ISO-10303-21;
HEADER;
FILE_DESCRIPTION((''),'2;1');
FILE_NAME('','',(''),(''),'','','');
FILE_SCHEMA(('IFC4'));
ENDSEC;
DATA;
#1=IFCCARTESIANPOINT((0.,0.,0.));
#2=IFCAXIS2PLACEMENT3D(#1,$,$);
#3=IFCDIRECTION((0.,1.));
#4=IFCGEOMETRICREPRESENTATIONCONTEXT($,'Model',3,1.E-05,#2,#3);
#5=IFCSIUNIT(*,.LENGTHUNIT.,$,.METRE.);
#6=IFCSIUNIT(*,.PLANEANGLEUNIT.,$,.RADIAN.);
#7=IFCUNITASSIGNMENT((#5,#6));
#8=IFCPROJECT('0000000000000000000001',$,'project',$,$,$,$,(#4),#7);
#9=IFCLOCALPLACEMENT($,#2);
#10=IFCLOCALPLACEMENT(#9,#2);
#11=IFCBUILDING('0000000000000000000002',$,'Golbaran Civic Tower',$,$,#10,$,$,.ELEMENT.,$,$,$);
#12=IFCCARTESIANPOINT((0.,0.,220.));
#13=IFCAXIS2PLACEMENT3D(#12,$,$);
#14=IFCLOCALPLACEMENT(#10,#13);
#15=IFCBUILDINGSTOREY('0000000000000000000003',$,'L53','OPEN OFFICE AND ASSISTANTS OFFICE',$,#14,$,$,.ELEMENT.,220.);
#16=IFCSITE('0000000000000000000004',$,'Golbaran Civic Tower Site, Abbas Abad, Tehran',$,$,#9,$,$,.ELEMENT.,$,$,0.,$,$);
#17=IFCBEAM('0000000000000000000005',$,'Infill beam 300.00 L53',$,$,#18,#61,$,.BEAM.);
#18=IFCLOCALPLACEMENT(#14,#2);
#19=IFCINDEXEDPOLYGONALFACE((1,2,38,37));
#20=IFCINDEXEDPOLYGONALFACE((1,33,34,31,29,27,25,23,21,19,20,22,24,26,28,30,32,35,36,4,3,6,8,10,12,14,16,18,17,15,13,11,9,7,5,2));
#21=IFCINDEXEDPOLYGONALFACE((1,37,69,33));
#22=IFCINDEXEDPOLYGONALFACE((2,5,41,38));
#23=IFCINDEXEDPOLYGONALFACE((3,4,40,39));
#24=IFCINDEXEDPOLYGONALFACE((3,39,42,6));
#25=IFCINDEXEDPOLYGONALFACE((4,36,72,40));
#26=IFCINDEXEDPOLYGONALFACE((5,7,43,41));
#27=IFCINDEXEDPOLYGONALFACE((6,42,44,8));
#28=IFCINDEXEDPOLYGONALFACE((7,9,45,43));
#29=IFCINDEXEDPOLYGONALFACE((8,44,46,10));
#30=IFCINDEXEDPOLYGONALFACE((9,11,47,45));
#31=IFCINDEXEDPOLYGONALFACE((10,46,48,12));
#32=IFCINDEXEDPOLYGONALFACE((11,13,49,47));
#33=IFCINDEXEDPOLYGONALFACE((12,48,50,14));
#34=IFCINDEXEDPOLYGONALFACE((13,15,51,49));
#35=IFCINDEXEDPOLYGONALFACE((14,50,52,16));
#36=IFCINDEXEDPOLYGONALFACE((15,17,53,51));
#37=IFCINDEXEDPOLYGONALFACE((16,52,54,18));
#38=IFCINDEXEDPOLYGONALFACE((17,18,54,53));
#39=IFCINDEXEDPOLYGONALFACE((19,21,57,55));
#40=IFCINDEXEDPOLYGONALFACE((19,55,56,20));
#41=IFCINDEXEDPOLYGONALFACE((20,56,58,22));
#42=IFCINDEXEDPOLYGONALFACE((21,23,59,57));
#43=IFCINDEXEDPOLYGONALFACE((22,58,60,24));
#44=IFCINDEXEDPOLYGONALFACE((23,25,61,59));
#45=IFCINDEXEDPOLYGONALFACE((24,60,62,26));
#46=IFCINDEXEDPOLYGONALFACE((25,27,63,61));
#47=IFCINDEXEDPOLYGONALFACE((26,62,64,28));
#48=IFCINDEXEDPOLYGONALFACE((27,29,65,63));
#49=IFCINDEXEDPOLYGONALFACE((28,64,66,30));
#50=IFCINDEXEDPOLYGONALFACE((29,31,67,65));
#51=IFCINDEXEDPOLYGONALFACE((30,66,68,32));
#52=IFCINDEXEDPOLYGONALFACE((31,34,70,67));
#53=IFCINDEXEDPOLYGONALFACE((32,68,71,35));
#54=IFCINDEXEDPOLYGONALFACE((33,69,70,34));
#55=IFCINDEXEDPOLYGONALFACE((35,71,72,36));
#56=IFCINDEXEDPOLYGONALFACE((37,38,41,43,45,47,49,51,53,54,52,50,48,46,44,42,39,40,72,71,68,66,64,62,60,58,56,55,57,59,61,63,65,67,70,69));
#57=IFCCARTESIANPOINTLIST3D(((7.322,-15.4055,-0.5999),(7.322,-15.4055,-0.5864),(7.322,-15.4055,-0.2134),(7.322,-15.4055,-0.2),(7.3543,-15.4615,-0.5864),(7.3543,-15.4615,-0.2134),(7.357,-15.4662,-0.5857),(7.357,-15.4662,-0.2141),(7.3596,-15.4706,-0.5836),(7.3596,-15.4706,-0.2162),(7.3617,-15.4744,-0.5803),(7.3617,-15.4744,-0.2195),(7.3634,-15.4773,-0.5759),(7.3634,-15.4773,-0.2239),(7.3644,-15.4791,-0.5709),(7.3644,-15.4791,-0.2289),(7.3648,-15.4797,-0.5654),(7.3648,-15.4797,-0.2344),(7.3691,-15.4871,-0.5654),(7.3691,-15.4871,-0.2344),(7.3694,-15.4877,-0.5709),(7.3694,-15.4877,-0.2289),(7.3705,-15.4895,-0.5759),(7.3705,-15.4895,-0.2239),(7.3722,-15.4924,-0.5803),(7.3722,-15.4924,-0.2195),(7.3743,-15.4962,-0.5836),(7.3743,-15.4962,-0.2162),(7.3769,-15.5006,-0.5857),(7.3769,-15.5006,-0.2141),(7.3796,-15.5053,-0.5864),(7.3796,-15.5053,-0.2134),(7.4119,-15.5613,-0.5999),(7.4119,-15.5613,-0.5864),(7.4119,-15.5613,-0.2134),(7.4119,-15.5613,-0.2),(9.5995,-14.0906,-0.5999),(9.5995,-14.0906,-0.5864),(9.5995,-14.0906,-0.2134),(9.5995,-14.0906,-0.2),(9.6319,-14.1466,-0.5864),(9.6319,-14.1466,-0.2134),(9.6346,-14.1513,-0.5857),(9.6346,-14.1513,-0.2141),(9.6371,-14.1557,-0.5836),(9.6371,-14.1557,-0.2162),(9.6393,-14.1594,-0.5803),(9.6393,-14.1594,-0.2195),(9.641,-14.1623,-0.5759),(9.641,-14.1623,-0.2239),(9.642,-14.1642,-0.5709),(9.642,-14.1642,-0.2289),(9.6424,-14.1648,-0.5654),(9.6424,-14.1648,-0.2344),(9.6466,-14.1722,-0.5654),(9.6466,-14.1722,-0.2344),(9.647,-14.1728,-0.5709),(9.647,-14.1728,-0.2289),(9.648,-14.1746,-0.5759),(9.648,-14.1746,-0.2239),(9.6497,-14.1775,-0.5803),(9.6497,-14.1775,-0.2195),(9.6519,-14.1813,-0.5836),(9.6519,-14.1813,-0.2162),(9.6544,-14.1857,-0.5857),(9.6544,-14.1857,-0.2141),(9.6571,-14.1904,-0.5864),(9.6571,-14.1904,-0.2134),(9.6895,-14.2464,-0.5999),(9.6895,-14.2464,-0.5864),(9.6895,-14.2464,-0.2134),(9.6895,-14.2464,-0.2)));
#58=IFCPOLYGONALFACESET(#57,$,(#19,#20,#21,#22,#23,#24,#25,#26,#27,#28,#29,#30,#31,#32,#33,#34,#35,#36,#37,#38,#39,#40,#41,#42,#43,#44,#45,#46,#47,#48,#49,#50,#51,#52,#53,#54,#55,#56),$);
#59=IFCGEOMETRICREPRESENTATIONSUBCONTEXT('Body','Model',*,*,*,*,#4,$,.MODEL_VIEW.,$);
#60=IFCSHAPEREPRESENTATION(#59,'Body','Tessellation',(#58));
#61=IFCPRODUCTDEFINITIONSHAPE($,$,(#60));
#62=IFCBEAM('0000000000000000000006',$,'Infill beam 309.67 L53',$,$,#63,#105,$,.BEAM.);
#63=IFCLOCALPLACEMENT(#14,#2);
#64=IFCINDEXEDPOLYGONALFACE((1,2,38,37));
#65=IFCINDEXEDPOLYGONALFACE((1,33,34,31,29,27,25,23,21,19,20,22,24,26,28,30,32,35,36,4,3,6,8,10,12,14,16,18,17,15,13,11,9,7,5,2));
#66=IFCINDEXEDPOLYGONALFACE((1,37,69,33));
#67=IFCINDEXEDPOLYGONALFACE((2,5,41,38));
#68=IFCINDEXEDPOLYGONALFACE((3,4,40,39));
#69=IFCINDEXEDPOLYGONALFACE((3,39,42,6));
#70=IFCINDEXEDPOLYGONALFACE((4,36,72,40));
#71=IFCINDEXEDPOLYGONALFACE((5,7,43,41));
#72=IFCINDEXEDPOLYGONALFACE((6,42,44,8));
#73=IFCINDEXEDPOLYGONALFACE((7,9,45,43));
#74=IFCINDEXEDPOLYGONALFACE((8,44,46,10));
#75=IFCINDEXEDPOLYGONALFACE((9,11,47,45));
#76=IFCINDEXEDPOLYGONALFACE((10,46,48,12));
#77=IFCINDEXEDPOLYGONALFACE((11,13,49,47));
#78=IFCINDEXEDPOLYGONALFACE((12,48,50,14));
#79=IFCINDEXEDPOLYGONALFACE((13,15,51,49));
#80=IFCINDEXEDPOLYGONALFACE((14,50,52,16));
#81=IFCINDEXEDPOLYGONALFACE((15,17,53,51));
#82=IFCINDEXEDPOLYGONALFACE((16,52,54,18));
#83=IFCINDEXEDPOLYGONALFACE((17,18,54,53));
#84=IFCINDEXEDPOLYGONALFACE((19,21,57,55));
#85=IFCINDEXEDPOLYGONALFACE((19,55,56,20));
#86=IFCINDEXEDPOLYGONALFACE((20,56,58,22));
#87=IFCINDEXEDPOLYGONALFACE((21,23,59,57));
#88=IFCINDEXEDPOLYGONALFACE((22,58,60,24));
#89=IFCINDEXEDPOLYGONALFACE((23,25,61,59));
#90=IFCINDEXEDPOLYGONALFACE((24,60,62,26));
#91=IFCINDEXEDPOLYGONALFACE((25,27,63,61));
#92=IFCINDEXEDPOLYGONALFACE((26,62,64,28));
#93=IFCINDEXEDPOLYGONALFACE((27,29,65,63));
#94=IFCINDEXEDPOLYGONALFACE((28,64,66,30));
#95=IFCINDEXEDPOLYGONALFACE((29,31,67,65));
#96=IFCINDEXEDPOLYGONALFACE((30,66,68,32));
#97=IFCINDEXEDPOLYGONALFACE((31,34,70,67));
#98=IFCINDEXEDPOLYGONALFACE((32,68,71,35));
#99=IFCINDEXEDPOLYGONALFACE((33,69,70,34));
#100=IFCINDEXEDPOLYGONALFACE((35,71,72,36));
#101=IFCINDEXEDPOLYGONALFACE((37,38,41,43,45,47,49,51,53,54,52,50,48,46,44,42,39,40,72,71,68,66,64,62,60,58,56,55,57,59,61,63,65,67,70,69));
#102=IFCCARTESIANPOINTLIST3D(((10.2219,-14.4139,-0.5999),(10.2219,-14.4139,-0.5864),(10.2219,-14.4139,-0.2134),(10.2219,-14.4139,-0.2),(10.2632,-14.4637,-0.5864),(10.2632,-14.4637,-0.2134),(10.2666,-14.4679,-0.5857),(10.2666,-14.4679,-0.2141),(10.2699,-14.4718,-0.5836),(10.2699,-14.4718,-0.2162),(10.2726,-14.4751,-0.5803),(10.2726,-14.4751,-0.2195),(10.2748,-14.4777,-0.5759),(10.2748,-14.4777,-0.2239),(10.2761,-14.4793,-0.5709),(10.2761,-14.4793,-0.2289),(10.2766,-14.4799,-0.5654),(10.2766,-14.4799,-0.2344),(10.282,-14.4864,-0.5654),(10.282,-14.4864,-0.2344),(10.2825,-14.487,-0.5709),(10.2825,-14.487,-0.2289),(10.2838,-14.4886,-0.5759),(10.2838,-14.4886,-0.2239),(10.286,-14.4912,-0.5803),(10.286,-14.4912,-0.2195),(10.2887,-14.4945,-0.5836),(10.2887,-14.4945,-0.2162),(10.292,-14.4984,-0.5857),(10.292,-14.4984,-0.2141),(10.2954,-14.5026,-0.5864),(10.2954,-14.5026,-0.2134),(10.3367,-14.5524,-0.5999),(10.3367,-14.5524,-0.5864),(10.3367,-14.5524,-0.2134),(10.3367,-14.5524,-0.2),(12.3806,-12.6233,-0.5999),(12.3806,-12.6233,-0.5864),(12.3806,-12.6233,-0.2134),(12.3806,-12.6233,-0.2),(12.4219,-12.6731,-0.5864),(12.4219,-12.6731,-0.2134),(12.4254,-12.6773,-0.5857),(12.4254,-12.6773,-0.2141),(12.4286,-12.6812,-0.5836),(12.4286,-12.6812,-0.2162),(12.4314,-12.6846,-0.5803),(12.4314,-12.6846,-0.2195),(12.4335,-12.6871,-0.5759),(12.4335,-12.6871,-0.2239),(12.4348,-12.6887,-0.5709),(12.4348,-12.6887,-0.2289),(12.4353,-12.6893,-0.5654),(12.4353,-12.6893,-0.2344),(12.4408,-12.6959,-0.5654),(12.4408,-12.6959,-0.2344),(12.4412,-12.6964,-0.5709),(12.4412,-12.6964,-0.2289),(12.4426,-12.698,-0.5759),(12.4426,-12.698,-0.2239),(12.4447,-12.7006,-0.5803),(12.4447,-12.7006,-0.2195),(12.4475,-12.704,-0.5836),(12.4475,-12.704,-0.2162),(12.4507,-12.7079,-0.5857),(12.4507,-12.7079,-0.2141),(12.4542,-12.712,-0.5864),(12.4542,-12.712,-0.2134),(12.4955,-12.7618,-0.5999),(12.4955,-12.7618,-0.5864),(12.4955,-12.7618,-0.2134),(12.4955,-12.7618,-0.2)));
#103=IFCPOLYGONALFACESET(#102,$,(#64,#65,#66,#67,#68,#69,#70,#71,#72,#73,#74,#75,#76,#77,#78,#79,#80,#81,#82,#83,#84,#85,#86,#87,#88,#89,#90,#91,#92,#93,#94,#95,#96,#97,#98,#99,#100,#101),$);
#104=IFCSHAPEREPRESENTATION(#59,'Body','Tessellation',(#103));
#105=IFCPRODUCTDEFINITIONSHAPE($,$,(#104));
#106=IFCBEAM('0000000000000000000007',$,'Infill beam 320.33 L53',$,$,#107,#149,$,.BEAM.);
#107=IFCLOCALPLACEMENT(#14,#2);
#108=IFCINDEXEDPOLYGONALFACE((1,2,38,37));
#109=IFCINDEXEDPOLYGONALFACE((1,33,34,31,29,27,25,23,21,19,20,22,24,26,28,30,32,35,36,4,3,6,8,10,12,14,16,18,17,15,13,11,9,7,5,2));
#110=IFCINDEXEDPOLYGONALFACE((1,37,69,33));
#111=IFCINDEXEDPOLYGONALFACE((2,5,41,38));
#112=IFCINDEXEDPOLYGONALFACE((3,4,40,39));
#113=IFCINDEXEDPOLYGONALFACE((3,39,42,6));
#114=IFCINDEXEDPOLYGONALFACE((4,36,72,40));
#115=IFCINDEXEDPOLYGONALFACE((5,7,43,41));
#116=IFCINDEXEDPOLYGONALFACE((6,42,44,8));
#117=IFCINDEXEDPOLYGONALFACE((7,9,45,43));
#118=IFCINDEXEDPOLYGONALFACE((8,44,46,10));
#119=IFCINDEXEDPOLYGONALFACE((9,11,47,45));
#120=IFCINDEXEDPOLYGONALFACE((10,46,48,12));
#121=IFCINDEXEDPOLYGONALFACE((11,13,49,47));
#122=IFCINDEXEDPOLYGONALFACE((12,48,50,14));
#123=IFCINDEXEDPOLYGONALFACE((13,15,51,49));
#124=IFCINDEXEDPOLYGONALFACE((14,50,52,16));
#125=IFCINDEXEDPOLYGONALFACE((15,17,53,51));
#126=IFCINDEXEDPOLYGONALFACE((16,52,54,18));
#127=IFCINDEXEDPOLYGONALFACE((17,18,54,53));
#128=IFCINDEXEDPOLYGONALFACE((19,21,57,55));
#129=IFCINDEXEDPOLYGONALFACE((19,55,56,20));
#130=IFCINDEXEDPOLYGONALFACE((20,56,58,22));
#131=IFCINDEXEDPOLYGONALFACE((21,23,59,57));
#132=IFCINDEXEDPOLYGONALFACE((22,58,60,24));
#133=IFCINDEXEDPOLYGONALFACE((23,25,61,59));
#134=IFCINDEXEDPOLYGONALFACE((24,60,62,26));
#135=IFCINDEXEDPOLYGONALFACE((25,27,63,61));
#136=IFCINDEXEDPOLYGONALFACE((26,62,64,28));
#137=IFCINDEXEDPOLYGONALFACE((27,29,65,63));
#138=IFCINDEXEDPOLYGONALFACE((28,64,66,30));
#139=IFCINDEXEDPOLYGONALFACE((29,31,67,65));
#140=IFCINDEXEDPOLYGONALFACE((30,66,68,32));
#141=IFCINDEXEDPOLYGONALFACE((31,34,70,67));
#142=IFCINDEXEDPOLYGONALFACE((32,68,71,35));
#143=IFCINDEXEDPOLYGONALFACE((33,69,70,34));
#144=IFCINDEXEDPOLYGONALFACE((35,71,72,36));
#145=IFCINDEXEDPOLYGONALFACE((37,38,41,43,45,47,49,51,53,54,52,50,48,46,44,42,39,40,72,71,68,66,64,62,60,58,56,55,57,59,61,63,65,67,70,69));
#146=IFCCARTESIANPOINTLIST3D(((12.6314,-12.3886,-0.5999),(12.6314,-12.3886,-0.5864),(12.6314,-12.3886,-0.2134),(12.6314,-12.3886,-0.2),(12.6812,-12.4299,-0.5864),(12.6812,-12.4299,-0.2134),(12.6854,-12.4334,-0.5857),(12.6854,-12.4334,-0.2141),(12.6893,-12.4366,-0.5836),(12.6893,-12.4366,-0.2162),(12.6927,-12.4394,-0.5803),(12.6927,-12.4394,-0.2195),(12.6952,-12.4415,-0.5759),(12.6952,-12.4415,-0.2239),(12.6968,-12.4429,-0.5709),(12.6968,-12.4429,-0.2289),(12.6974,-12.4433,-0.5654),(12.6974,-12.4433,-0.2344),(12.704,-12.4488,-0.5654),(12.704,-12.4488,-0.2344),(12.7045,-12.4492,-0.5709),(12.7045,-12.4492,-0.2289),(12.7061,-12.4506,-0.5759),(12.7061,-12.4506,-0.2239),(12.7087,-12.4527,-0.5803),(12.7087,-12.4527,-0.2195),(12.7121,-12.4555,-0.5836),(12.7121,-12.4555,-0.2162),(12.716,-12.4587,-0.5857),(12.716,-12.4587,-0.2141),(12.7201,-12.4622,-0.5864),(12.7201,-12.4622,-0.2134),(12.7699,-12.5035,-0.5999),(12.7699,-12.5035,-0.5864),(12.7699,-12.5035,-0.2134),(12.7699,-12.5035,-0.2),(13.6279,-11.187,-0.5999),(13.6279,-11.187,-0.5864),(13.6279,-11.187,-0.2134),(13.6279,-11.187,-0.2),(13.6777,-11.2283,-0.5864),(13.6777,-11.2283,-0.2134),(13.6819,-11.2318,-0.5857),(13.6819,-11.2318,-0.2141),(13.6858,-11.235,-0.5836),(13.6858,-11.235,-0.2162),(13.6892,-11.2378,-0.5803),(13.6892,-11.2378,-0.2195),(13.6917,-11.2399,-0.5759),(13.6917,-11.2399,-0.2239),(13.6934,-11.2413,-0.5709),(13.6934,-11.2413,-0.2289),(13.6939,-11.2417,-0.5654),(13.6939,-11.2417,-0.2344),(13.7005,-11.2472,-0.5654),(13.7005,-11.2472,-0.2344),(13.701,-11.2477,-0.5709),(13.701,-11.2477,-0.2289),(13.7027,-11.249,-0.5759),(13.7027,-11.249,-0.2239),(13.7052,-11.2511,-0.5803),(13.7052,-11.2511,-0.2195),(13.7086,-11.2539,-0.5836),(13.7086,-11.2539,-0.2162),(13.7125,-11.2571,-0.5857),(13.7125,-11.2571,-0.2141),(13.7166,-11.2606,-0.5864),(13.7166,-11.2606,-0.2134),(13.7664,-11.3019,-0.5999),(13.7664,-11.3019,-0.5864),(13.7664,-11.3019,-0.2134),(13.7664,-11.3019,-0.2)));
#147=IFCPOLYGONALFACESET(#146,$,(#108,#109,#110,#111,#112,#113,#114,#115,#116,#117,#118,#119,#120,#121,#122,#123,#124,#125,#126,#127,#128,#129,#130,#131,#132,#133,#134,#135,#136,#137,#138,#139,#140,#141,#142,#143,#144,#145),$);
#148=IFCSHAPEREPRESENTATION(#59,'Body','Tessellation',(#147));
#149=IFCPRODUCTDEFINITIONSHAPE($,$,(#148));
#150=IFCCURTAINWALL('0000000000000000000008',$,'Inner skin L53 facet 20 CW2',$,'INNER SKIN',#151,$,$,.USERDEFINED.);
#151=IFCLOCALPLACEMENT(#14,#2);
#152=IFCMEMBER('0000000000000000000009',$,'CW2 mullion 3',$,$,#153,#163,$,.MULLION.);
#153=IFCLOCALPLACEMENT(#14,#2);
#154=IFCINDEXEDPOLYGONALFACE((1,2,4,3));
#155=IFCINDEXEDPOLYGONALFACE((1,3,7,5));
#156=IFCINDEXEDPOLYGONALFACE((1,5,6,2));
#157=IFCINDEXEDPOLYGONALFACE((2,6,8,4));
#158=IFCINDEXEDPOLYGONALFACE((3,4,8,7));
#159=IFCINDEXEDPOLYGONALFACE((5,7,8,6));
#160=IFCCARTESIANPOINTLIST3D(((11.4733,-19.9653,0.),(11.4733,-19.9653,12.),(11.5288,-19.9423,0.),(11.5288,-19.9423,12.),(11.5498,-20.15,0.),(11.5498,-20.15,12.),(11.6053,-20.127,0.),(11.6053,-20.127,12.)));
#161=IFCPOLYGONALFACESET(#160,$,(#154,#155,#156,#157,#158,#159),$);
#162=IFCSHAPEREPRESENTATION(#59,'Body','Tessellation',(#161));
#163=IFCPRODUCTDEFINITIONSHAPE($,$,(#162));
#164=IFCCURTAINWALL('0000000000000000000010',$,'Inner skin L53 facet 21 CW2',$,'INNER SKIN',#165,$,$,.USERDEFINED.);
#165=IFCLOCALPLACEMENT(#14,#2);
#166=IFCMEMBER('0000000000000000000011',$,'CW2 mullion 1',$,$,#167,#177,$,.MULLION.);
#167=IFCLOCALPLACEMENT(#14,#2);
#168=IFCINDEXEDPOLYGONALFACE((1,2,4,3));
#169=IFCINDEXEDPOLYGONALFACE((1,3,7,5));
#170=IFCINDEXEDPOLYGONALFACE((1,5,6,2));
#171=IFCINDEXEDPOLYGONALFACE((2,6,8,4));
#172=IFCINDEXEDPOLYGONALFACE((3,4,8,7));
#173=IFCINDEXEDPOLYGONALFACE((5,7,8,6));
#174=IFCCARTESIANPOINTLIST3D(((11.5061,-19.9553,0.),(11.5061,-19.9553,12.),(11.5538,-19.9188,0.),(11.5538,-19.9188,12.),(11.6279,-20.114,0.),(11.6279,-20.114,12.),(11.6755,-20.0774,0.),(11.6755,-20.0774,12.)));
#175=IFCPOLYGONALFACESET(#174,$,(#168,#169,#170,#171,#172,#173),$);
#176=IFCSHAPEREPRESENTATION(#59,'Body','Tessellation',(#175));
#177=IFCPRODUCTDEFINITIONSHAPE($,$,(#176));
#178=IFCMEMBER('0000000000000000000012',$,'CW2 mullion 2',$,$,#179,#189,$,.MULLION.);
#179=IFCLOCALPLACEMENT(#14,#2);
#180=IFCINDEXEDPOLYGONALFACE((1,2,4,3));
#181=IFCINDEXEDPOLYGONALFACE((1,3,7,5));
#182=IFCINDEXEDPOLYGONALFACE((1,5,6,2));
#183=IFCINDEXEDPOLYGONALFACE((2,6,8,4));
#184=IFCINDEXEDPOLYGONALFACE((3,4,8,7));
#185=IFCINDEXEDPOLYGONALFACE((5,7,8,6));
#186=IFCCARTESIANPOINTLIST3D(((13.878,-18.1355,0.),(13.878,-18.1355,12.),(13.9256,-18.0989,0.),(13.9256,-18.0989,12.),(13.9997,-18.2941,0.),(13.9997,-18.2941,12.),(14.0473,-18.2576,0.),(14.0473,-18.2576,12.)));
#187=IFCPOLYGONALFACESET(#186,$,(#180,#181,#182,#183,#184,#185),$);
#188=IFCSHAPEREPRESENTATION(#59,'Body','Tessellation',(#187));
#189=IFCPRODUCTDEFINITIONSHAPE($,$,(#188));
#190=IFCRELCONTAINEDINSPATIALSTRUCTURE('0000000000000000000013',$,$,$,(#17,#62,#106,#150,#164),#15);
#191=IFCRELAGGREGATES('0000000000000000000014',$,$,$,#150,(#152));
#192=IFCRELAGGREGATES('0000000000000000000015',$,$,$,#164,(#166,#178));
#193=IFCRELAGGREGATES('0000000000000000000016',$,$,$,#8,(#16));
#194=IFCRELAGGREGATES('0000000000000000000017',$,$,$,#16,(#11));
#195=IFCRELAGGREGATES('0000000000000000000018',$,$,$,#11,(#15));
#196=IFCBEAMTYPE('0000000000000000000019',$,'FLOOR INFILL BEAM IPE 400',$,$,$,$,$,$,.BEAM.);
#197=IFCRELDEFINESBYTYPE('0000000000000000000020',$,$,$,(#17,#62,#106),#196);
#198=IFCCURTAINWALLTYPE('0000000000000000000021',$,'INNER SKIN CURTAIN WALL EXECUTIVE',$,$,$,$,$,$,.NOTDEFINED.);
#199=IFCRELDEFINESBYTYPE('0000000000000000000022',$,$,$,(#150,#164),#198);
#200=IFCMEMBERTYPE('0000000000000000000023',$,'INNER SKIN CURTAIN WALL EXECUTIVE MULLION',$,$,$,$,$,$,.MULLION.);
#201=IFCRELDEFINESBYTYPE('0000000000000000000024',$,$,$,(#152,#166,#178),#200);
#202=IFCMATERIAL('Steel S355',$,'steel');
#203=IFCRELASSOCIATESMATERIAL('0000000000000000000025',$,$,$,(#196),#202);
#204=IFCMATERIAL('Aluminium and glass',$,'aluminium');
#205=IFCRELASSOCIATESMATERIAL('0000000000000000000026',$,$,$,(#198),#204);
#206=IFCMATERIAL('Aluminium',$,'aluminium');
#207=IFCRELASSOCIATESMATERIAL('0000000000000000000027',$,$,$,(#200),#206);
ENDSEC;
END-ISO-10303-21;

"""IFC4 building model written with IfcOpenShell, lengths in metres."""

from ifc_helpers import new_model, si_unit, direction, frame, origin, origin_2d, place, context, subcontext, project, spatial, rectangle, i_section, extrude, material, material_profile, profile_set, type_object, element, aggregate, save


model = new_model("IFC4")

# Units and contexts
model_context = context("Model", 3, precision=1e-05, world=origin(), true_north=direction((0.0, 1.0)))
body_context = subcontext(model_context, "Body", "Model", "MODEL_VIEW")
ifc_project = project(units=[si_unit("LENGTHUNIT", "METRE"), si_unit("PLANEANGLEUNIT", "RADIAN")], contexts=[model_context])

# Site, building, storey
site_placement = place(None, origin())
site = spatial("IfcSite", under=ifc_project, at=site_placement, Name="Golbaran Civic Tower Site, Abbas Abad, Tehran", CompositionType="ELEMENT", RefElevation=0.0)
building_placement = place(site_placement, origin())
building = spatial("IfcBuilding", under=site, at=building_placement, Name="Golbaran Civic Tower", CompositionType="ELEMENT")
storey_placement = place(building_placement, frame((0.0, 0.0, 220.0)))
storey = spatial("IfcBuildingStorey", under=building, at=storey_placement, Name="L53", Description="OPEN OFFICE AND ASSISTANTS OFFICE", CompositionType="ELEMENT", Elevation=220.0)

# Beams
ifc_material_1 = material(Name="Steel S355", Category="steel")
ifc_material_profile_1 = material_profile(ifc_material_1, i_section(OverallWidth=0.1799, OverallDepth=0.3999, WebThickness=0.0085, FlangeThickness=0.0134, FilletRadius=0.021, at=origin_2d()), Name="IPE 400")
ifc_profile_set_1 = profile_set([ifc_material_profile_1], Name="Steel S355")
beam_type_1 = type_object("IfcBeamType", Name="FLOOR INFILL BEAM IPE 400", PredefinedType="BEAM", material=ifc_profile_set_1)
beam_1_placement = place(storey_placement, frame((7.3669, -15.4834, -0.3999), z_axis=(0.866029, 0.499993, 0.0), x_axis=(-0.499993, 0.866029, 0.0)))
element("IfcBeam", 1, at=beam_1_placement, inside=storey, type_object=beam_type_1, Name="Infill beam 300.00 L53", PredefinedType="BEAM", context=body_context, shape_type="SweptSolid", body=[
    extrude(i_section(OverallWidth=0.1799, OverallDepth=0.3999, WebThickness=0.0085, FlangeThickness=0.0134, FilletRadius=0.021, at=origin_2d()), origin(), (0.0, 0.0, 1.0), 2.6299),
])
beam_2_placement = place(storey_placement, frame((10.2793, -14.4832, -0.3999), z_axis=(0.769689, 0.638419, 0.0), x_axis=(-0.638419, 0.769689, 0.0)))
element("IfcBeam", 2, at=beam_2_placement, inside=storey, type_object=beam_type_1, Name="Infill beam 309.67 L53", PredefinedType="BEAM", context=body_context, shape_type="SweptSolid", body=[
    extrude(i_section(OverallWidth=0.1799, OverallDepth=0.3999, WebThickness=0.0085, FlangeThickness=0.0134, FilletRadius=0.021, at=origin_2d()), origin(), (0.0, 0.0, 1.0), 2.8047),
])
beam_3_placement = place(storey_placement, frame((12.7007, -12.446, -0.3999), z_axis=(0.638368, 0.769732, 0.0), x_axis=(-0.769732, 0.638368, 0.0)))
element("IfcBeam", 3, at=beam_3_placement, inside=storey, type_object=beam_type_1, Name="Infill beam 320.33 L53", PredefinedType="BEAM", context=body_context, shape_type="SweptSolid", body=[
    extrude(i_section(OverallWidth=0.1799, OverallDepth=0.3999, WebThickness=0.0085, FlangeThickness=0.0134, FilletRadius=0.021, at=origin_2d()), origin(), (0.0, 0.0, 1.0), 1.561),
])

# Curtain wall, member
ifc_material_2 = material(Name="Aluminium and glass", Category="aluminium")
curtain_wall_type = type_object("IfcCurtainWallType", Name="INNER SKIN CURTAIN WALL EXECUTIVE", PredefinedType="NOTDEFINED", material=ifc_material_2)
curtain_wall_1_placement = place(storey_placement, origin())
curtain_wall_1 = element("IfcCurtainWall", 4, at=curtain_wall_1_placement, inside=storey, type_object=curtain_wall_type, Name="Inner skin L53 facet 20 CW2", ObjectType="INNER SKIN", PredefinedType="USERDEFINED")
ifc_material_3 = material(Name="Aluminium", Category="aluminium")
ifc_material_profile_2 = material_profile(ifc_material_3, rectangle(XDim=0.2, YDim=0.0601, at=origin_2d()), Name="INNER SKIN CURTAIN WALL EXECUTIVE MULLION")
ifc_profile_set_2 = profile_set([ifc_material_profile_2], Name="Aluminium")
member_type_1 = type_object("IfcMemberType", Name="INNER SKIN CURTAIN WALL EXECUTIVE MULLION", PredefinedType="MULLION", material=ifc_profile_set_2)
member_1_placement = place(storey_placement, frame((11.5393, -20.0461, 0.0), z_axis=(0.0, 0.0, 1.0), x_axis=(-0.382683, 0.92388, 0.0)))
member_1 = element("IfcMember", 5, at=member_1_placement, type_object=member_type_1, Name="CW2 mullion 3", PredefinedType="MULLION", context=body_context, shape_type="SweptSolid", body=[
    extrude(rectangle(XDim=0.2, YDim=0.0601, at=origin_2d()), origin(), (0.0, 0.0, 1.0), 12.0),
])

# Curtain wall, members
curtain_wall_2_placement = place(storey_placement, origin())
curtain_wall_2 = element("IfcCurtainWall", 6, at=curtain_wall_2_placement, inside=storey, type_object=curtain_wall_type, Name="Inner skin L53 facet 21 CW2", ObjectType="INNER SKIN", PredefinedType="USERDEFINED")
member_2_placement = place(storey_placement, frame((11.5908, -20.0164, 0.0), z_axis=(0.0, 0.0, 1.0), x_axis=(-0.608761, 0.793353, 0.0)))
member_2 = element("IfcMember", 7, at=member_2_placement, type_object=member_type_1, Name="CW2 mullion 1", PredefinedType="MULLION", context=body_context, shape_type="SweptSolid", body=[
    extrude(rectangle(XDim=0.2, YDim=0.0601, at=origin_2d()), origin(), (0.0, 0.0, 1.0), 12.0),
])
member_3_placement = place(storey_placement, frame((13.9626, -18.1965, 0.0), z_axis=(0.0, 0.0, 1.0), x_axis=(-0.608761, 0.793353, 0.0)))
member_3 = element("IfcMember", 8, at=member_3_placement, type_object=member_type_1, Name="CW2 mullion 2", PredefinedType="MULLION", context=body_context, shape_type="SweptSolid", body=[
    extrude(rectangle(XDim=0.2, YDim=0.0601, at=origin_2d()), origin(), (0.0, 0.0, 1.0), 12.0),
])

aggregate(curtain_wall_1, [member_1])
aggregate(curtain_wall_2, [member_2, member_3])

save(model, "model.ifc")
